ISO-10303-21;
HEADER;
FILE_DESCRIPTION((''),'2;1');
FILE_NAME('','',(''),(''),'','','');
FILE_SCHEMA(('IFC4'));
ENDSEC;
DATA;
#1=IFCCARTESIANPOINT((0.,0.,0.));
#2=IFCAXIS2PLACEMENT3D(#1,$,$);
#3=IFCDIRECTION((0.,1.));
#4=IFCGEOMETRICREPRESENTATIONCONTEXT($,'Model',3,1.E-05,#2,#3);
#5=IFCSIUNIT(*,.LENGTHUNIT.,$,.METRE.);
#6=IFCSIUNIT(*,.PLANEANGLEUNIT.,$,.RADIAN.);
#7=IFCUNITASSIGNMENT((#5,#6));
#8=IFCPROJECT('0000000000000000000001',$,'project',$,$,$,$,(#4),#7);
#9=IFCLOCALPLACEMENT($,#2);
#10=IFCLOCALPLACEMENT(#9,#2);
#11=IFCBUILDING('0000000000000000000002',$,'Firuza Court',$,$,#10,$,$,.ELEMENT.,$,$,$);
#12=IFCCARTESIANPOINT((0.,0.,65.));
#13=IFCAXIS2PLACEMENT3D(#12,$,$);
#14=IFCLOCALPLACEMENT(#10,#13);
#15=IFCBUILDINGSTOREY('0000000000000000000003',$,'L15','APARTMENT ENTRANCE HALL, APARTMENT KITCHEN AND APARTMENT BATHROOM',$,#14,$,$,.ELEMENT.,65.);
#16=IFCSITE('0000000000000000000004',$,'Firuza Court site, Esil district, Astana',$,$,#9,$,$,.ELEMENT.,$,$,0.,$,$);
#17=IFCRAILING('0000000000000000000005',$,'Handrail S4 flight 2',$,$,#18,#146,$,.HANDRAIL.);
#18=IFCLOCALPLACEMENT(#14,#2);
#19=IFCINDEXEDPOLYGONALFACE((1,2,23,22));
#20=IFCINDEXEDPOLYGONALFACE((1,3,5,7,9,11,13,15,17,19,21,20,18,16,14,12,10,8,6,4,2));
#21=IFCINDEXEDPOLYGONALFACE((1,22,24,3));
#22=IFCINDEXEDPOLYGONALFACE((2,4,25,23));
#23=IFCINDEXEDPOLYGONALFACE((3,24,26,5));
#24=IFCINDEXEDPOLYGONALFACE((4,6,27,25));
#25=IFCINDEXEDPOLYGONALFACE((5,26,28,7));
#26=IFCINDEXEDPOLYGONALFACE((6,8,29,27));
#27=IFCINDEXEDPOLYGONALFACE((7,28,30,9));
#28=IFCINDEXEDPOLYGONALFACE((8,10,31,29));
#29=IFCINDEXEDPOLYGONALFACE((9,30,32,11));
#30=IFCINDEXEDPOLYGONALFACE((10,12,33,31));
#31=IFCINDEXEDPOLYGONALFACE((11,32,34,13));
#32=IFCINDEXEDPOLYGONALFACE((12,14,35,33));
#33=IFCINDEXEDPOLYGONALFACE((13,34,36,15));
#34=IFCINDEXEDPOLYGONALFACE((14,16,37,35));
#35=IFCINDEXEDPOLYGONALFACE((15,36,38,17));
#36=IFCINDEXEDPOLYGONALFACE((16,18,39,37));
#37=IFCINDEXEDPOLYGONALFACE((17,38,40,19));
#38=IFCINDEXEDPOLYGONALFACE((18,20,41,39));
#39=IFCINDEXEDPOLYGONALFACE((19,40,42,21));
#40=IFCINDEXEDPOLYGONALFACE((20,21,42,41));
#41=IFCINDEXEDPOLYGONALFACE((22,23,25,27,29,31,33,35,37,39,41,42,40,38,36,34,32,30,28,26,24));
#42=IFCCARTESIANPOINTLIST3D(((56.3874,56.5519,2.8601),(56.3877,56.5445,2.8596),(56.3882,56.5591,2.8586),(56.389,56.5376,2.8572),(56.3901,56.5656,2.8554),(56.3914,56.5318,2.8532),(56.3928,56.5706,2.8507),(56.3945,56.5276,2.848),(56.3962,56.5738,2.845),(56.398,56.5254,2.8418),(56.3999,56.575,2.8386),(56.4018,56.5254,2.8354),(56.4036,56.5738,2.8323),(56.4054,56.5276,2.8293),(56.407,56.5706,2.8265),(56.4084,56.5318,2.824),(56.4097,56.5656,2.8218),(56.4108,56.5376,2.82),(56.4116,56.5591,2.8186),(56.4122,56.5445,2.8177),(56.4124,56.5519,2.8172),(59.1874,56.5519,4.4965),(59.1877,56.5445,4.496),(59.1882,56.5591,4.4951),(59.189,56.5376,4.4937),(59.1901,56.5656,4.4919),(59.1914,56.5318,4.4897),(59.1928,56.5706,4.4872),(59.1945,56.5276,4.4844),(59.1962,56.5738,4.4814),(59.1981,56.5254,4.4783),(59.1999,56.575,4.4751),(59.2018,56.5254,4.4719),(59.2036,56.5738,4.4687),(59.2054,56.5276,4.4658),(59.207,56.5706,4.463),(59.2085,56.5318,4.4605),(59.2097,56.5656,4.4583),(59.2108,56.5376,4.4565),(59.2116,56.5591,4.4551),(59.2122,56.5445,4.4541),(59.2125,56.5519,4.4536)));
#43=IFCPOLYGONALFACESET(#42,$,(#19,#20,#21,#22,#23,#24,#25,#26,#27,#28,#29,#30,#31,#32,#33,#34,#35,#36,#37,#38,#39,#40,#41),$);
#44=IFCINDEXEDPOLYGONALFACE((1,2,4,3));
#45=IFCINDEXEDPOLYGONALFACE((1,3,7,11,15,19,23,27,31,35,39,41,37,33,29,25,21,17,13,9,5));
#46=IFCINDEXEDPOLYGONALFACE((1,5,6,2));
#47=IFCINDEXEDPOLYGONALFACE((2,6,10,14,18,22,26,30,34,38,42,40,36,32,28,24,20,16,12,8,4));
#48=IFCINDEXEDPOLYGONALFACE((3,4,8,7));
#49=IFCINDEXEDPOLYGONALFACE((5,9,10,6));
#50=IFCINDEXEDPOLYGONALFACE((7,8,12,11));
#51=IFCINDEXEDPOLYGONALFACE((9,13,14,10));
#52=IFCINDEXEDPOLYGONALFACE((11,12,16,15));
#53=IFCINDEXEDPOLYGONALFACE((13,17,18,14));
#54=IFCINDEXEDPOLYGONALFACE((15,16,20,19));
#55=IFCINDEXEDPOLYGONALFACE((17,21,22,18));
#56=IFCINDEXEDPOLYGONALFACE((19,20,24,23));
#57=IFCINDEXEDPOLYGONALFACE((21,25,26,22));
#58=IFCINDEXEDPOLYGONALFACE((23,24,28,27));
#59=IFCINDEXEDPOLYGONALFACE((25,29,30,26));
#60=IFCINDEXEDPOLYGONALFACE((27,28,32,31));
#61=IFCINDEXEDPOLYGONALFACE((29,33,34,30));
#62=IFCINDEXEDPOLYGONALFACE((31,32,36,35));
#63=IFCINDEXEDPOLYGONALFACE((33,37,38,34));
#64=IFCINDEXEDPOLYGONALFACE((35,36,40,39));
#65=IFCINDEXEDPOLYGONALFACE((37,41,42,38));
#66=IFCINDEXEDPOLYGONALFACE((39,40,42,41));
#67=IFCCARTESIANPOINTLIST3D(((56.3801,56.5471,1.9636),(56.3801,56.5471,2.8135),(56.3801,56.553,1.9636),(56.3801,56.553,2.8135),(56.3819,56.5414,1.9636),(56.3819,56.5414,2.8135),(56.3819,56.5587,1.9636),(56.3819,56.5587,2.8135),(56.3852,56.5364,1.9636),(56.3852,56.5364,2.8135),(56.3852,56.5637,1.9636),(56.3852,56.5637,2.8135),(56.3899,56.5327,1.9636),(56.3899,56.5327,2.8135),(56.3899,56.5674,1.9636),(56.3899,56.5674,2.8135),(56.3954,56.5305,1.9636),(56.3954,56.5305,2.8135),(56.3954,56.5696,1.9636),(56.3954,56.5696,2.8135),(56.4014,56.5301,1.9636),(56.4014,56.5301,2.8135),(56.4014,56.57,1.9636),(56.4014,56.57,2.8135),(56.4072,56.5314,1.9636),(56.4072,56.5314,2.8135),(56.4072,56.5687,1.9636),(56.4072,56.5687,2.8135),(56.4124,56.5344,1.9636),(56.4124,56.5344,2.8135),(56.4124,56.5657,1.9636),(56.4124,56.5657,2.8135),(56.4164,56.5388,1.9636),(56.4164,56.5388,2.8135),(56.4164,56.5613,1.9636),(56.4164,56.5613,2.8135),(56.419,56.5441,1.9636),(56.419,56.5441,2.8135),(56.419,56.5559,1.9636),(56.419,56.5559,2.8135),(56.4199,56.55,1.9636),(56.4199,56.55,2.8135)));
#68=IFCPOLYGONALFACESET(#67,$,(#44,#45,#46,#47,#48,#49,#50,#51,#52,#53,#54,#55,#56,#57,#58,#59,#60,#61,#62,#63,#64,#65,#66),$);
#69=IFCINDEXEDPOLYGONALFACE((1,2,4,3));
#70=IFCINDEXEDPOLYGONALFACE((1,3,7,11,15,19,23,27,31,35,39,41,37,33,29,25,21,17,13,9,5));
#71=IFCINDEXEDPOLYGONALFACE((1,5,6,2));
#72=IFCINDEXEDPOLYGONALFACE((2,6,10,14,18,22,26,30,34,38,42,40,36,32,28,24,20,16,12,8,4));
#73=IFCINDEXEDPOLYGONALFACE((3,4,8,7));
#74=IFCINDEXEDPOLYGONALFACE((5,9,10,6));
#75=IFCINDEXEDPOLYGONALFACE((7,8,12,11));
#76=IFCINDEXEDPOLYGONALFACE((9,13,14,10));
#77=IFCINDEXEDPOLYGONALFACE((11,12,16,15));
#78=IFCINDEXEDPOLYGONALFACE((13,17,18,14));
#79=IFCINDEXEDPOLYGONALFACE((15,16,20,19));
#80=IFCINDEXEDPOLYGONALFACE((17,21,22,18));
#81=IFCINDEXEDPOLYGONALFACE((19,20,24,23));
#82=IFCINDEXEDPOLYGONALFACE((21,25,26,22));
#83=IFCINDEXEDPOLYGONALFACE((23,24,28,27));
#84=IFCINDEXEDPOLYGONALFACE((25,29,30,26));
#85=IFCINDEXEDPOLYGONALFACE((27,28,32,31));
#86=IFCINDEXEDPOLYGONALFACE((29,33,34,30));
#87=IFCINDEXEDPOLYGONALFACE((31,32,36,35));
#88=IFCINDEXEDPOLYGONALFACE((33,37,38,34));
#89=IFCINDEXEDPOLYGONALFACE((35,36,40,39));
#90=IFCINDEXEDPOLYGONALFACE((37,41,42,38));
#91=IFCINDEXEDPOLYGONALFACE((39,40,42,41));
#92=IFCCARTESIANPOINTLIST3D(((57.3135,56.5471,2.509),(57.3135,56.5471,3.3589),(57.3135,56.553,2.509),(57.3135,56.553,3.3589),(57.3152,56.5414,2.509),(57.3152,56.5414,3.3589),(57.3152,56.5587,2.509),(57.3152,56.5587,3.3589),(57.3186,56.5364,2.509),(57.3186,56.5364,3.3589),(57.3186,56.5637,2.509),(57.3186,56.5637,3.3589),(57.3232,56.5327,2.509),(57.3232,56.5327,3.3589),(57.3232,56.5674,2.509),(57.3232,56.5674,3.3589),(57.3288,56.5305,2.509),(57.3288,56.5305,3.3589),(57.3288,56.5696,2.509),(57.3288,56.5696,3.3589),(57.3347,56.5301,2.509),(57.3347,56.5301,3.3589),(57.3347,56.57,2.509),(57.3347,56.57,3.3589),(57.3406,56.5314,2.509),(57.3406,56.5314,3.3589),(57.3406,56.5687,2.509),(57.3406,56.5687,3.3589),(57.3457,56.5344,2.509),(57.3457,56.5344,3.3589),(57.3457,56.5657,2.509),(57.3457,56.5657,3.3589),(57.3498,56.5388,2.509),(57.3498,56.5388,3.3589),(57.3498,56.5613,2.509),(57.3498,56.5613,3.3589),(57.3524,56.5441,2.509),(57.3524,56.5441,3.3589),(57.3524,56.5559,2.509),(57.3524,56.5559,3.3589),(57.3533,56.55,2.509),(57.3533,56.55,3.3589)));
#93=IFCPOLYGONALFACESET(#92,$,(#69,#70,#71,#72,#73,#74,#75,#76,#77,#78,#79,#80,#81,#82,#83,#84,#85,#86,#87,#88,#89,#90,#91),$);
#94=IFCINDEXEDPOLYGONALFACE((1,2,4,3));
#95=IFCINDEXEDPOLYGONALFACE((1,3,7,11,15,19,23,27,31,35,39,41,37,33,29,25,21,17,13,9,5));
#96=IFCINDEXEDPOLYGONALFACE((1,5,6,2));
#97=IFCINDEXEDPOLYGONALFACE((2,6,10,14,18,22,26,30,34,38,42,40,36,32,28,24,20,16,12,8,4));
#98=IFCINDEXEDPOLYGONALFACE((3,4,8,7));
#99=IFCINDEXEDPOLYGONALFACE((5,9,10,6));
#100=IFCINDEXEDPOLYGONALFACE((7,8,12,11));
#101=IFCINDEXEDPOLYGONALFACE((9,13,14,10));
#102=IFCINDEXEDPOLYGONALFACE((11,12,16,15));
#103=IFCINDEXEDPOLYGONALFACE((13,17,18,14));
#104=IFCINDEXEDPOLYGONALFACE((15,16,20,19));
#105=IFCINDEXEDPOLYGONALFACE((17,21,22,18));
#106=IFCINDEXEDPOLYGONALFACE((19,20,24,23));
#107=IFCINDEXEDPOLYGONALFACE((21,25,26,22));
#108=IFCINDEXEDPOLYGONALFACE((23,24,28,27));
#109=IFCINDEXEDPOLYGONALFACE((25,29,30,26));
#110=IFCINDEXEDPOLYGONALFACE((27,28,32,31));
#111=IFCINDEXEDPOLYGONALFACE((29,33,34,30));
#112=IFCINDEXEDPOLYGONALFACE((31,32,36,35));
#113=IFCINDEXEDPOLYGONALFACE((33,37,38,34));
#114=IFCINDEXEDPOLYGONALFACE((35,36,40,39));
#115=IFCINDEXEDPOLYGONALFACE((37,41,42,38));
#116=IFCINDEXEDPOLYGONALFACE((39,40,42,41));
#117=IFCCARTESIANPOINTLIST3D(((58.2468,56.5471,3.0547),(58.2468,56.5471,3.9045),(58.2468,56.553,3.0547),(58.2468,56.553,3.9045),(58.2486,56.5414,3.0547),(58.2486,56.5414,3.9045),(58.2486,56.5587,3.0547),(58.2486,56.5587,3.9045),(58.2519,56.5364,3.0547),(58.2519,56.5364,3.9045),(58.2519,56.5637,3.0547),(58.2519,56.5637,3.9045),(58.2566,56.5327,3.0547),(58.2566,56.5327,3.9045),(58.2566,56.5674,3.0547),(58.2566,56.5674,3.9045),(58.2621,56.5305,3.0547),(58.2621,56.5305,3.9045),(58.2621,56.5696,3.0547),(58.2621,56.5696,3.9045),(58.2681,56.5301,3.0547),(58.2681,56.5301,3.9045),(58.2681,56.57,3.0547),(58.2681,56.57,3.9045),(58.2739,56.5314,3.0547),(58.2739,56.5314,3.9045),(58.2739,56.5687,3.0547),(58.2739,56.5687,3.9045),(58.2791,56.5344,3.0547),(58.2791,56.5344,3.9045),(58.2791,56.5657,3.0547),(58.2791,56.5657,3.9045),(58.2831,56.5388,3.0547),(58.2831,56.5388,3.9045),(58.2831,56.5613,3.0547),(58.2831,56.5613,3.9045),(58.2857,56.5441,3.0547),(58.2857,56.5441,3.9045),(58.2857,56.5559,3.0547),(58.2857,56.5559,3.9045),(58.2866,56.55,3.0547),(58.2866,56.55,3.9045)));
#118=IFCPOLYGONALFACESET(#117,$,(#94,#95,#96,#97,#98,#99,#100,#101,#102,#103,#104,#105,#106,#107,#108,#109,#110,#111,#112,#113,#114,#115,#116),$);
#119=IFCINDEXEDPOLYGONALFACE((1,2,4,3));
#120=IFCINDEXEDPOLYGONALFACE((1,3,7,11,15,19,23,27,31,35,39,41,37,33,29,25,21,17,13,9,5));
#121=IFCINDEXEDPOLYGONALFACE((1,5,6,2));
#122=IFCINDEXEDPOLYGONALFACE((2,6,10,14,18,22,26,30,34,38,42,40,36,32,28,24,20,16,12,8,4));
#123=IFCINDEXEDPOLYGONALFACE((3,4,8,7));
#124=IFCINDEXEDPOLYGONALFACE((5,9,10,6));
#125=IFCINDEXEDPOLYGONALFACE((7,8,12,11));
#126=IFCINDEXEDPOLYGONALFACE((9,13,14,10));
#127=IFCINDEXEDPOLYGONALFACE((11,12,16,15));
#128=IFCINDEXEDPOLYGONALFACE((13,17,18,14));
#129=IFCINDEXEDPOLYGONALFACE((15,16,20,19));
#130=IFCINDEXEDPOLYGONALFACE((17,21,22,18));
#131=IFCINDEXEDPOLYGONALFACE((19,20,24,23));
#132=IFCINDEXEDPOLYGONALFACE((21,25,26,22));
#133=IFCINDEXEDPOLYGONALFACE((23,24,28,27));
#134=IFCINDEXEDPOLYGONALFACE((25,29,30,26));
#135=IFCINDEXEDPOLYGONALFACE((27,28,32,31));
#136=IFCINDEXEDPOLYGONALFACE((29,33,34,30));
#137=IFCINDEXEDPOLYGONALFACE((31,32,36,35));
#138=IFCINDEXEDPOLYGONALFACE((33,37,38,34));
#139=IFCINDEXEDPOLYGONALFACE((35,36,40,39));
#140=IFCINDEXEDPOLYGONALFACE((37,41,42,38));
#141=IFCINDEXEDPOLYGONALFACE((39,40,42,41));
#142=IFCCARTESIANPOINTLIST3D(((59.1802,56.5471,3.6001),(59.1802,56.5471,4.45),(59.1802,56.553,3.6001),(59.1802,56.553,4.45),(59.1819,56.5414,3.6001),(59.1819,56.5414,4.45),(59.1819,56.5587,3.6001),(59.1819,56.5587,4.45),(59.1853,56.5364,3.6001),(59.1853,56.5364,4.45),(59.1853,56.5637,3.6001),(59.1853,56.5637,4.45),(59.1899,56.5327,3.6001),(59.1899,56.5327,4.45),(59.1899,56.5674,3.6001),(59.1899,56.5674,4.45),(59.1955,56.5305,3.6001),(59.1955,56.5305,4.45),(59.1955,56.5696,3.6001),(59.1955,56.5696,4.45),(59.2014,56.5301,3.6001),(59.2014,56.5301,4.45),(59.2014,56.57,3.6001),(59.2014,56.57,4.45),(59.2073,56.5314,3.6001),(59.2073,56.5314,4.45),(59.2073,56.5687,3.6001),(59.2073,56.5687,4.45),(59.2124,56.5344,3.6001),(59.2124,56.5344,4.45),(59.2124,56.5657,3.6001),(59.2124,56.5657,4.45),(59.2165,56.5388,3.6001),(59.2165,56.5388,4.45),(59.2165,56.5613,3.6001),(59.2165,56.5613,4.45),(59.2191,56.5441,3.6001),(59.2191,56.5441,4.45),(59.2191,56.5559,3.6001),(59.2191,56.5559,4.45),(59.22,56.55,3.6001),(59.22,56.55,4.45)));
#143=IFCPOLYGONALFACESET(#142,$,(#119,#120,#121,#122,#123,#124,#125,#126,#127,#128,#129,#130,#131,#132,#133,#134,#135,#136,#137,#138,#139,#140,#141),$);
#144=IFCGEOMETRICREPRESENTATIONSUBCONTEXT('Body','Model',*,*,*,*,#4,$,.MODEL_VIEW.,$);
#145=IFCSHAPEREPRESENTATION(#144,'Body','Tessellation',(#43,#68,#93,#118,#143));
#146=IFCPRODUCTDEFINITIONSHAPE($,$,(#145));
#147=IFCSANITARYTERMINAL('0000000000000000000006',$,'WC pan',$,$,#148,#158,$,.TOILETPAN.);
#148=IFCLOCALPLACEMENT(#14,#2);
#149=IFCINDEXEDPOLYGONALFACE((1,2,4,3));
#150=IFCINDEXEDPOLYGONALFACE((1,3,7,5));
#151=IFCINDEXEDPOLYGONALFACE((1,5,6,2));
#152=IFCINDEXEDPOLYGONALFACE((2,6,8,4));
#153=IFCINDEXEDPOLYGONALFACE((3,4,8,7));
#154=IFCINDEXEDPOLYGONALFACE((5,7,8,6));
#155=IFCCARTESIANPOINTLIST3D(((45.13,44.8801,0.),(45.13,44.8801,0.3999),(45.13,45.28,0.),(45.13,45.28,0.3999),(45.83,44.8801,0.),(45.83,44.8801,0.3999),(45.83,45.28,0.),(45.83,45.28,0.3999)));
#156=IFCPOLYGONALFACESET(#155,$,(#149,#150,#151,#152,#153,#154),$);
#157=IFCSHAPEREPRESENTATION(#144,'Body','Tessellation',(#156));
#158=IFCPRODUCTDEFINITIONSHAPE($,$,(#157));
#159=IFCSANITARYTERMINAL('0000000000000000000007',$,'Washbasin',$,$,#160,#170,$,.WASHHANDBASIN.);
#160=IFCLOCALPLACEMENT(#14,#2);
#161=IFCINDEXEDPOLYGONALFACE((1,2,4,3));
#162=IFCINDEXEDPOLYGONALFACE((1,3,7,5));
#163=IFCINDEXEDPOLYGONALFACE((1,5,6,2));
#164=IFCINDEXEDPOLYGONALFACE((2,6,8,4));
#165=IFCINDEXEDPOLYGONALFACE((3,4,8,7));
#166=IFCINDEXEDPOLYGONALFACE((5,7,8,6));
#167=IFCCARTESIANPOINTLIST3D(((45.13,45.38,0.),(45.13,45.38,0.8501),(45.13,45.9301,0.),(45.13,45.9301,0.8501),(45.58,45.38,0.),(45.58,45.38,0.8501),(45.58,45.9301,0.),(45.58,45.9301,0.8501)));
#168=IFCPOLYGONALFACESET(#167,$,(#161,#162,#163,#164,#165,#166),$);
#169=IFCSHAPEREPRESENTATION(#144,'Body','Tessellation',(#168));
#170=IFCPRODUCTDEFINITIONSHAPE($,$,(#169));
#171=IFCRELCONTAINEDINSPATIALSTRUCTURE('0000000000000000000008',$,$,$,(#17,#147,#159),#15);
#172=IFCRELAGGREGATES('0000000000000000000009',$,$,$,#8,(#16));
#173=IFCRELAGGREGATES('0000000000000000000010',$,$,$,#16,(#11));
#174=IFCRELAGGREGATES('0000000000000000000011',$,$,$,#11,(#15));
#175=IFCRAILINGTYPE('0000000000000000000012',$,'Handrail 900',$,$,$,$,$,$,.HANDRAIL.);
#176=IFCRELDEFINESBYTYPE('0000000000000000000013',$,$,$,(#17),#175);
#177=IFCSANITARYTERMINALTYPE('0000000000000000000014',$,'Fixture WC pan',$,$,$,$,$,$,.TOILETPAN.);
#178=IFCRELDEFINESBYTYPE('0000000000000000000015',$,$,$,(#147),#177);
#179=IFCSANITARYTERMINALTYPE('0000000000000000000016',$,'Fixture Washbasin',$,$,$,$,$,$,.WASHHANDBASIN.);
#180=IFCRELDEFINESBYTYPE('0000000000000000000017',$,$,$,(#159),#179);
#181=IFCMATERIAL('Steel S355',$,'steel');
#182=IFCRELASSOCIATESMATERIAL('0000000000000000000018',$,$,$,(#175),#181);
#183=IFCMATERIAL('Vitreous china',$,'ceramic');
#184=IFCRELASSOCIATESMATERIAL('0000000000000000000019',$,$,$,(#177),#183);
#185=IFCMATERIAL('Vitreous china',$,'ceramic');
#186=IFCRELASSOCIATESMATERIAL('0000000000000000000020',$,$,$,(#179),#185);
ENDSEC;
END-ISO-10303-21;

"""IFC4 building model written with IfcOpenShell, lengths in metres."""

from ifc_helpers import new_model, si_unit, direction, frame, origin, origin_2d, place, context, subcontext, project, spatial, rectangle, circle, extrude, material, type_object, element, save


model = new_model("IFC4")

# Units and contexts
model_context = context("Model", 3, precision=1e-05, world=origin(), true_north=direction((0.0, 1.0)))
body_context = subcontext(model_context, "Body", "Model", "MODEL_VIEW")
ifc_project = project(units=[si_unit("LENGTHUNIT", "METRE"), si_unit("PLANEANGLEUNIT", "RADIAN")], contexts=[model_context])

# Site, building, storey
site_placement = place(None, origin())
site = spatial("IfcSite", under=ifc_project, at=site_placement, Name="Firuza Court site, Esil district, Astana", CompositionType="ELEMENT", RefElevation=0.0)
building_placement = place(site_placement, origin())
building = spatial("IfcBuilding", under=site, at=building_placement, Name="Firuza Court", CompositionType="ELEMENT")
storey_placement = place(building_placement, frame((0.0, 0.0, 65.0)))
storey = spatial("IfcBuildingStorey", under=building, at=storey_placement, Name="L15", Description="APARTMENT ENTRANCE HALL, APARTMENT KITCHEN AND APARTMENT BATHROOM", CompositionType="ELEMENT", Elevation=65.0)

# Railing
ifc_material_1 = material(Name="Steel S355", Category="steel")
railing_type = type_object("IfcRailingType", Name="Handrail 900", PredefinedType="HANDRAIL", material=ifc_material_1)
railing_placement = place(storey_placement, frame((56.3999, 56.55, 1.9636)))
element("IfcRailing", 1, at=railing_placement, inside=storey, type_object=railing_type, Name="Handrail S4 flight 2", PredefinedType="HANDRAIL", context=body_context, shape_type="SweptSolid", body=[
    extrude(circle(Radius=0.0249, at=origin_2d()), frame((0.0, 0.0, 0.875), z_axis=(0.863361, 0.0, 0.504587), x_axis=(0.0, 1.0, 0.0)), (0.0, 0.0, 1.0), 3.2432),
    extrude(circle(Radius=0.02, at=origin_2d()), origin(), (0.0, 0.0, 1.0), 0.8499),
    extrude(circle(Radius=0.02, at=origin_2d()), frame((0.9333, 0.0, 0.5454)), (0.0, 0.0, 1.0), 0.8499),
    extrude(circle(Radius=0.02, at=origin_2d()), frame((1.8667, 0.0, 1.0911)), (0.0, 0.0, 1.0), 0.8499),
    extrude(circle(Radius=0.02, at=origin_2d()), frame((2.8, 0.0, 1.6365)), (0.0, 0.0, 1.0), 0.8499),
])

# Sanitary terminals
ifc_material_2 = material(Name="Vitreous china", Category="ceramic")
sanitary_terminal_type_1 = type_object("IfcSanitaryTerminalType", Name="Fixture WC pan", PredefinedType="TOILETPAN", material=ifc_material_2)
sanitary_terminal_1_placement = place(storey_placement, frame((45.48, 45.0801, 0.0), z_axis=(0.0, 0.0, 1.0), x_axis=(1.0, 0.0, 0.0)))
element("IfcSanitaryTerminal", 2, at=sanitary_terminal_1_placement, inside=storey, type_object=sanitary_terminal_type_1, Name="WC pan", PredefinedType="TOILETPAN", context=body_context, shape_type="SweptSolid", body=[
    extrude(rectangle(XDim=0.7, YDim=0.3999, at=origin_2d()), origin(), (0.0, 0.0, 1.0), 0.3999),
])
ifc_material_3 = material(Name="Vitreous china", Category="ceramic")
sanitary_terminal_type_2 = type_object("IfcSanitaryTerminalType", Name="Fixture Washbasin", PredefinedType="WASHHANDBASIN", material=ifc_material_3)
sanitary_terminal_2_placement = place(storey_placement, frame((45.355, 45.655, 0.0), z_axis=(0.0, 0.0, 1.0), x_axis=(1.0, 0.0, 0.0)))
element("IfcSanitaryTerminal", 3, at=sanitary_terminal_2_placement, inside=storey, type_object=sanitary_terminal_type_2, Name="Washbasin", PredefinedType="WASHHANDBASIN", context=body_context, shape_type="SweptSolid", body=[
    extrude(rectangle(XDim=0.45, YDim=0.55, at=origin_2d()), origin(), (0.0, 0.0, 1.0), 0.8501),
])

save(model, "model.ifc")
